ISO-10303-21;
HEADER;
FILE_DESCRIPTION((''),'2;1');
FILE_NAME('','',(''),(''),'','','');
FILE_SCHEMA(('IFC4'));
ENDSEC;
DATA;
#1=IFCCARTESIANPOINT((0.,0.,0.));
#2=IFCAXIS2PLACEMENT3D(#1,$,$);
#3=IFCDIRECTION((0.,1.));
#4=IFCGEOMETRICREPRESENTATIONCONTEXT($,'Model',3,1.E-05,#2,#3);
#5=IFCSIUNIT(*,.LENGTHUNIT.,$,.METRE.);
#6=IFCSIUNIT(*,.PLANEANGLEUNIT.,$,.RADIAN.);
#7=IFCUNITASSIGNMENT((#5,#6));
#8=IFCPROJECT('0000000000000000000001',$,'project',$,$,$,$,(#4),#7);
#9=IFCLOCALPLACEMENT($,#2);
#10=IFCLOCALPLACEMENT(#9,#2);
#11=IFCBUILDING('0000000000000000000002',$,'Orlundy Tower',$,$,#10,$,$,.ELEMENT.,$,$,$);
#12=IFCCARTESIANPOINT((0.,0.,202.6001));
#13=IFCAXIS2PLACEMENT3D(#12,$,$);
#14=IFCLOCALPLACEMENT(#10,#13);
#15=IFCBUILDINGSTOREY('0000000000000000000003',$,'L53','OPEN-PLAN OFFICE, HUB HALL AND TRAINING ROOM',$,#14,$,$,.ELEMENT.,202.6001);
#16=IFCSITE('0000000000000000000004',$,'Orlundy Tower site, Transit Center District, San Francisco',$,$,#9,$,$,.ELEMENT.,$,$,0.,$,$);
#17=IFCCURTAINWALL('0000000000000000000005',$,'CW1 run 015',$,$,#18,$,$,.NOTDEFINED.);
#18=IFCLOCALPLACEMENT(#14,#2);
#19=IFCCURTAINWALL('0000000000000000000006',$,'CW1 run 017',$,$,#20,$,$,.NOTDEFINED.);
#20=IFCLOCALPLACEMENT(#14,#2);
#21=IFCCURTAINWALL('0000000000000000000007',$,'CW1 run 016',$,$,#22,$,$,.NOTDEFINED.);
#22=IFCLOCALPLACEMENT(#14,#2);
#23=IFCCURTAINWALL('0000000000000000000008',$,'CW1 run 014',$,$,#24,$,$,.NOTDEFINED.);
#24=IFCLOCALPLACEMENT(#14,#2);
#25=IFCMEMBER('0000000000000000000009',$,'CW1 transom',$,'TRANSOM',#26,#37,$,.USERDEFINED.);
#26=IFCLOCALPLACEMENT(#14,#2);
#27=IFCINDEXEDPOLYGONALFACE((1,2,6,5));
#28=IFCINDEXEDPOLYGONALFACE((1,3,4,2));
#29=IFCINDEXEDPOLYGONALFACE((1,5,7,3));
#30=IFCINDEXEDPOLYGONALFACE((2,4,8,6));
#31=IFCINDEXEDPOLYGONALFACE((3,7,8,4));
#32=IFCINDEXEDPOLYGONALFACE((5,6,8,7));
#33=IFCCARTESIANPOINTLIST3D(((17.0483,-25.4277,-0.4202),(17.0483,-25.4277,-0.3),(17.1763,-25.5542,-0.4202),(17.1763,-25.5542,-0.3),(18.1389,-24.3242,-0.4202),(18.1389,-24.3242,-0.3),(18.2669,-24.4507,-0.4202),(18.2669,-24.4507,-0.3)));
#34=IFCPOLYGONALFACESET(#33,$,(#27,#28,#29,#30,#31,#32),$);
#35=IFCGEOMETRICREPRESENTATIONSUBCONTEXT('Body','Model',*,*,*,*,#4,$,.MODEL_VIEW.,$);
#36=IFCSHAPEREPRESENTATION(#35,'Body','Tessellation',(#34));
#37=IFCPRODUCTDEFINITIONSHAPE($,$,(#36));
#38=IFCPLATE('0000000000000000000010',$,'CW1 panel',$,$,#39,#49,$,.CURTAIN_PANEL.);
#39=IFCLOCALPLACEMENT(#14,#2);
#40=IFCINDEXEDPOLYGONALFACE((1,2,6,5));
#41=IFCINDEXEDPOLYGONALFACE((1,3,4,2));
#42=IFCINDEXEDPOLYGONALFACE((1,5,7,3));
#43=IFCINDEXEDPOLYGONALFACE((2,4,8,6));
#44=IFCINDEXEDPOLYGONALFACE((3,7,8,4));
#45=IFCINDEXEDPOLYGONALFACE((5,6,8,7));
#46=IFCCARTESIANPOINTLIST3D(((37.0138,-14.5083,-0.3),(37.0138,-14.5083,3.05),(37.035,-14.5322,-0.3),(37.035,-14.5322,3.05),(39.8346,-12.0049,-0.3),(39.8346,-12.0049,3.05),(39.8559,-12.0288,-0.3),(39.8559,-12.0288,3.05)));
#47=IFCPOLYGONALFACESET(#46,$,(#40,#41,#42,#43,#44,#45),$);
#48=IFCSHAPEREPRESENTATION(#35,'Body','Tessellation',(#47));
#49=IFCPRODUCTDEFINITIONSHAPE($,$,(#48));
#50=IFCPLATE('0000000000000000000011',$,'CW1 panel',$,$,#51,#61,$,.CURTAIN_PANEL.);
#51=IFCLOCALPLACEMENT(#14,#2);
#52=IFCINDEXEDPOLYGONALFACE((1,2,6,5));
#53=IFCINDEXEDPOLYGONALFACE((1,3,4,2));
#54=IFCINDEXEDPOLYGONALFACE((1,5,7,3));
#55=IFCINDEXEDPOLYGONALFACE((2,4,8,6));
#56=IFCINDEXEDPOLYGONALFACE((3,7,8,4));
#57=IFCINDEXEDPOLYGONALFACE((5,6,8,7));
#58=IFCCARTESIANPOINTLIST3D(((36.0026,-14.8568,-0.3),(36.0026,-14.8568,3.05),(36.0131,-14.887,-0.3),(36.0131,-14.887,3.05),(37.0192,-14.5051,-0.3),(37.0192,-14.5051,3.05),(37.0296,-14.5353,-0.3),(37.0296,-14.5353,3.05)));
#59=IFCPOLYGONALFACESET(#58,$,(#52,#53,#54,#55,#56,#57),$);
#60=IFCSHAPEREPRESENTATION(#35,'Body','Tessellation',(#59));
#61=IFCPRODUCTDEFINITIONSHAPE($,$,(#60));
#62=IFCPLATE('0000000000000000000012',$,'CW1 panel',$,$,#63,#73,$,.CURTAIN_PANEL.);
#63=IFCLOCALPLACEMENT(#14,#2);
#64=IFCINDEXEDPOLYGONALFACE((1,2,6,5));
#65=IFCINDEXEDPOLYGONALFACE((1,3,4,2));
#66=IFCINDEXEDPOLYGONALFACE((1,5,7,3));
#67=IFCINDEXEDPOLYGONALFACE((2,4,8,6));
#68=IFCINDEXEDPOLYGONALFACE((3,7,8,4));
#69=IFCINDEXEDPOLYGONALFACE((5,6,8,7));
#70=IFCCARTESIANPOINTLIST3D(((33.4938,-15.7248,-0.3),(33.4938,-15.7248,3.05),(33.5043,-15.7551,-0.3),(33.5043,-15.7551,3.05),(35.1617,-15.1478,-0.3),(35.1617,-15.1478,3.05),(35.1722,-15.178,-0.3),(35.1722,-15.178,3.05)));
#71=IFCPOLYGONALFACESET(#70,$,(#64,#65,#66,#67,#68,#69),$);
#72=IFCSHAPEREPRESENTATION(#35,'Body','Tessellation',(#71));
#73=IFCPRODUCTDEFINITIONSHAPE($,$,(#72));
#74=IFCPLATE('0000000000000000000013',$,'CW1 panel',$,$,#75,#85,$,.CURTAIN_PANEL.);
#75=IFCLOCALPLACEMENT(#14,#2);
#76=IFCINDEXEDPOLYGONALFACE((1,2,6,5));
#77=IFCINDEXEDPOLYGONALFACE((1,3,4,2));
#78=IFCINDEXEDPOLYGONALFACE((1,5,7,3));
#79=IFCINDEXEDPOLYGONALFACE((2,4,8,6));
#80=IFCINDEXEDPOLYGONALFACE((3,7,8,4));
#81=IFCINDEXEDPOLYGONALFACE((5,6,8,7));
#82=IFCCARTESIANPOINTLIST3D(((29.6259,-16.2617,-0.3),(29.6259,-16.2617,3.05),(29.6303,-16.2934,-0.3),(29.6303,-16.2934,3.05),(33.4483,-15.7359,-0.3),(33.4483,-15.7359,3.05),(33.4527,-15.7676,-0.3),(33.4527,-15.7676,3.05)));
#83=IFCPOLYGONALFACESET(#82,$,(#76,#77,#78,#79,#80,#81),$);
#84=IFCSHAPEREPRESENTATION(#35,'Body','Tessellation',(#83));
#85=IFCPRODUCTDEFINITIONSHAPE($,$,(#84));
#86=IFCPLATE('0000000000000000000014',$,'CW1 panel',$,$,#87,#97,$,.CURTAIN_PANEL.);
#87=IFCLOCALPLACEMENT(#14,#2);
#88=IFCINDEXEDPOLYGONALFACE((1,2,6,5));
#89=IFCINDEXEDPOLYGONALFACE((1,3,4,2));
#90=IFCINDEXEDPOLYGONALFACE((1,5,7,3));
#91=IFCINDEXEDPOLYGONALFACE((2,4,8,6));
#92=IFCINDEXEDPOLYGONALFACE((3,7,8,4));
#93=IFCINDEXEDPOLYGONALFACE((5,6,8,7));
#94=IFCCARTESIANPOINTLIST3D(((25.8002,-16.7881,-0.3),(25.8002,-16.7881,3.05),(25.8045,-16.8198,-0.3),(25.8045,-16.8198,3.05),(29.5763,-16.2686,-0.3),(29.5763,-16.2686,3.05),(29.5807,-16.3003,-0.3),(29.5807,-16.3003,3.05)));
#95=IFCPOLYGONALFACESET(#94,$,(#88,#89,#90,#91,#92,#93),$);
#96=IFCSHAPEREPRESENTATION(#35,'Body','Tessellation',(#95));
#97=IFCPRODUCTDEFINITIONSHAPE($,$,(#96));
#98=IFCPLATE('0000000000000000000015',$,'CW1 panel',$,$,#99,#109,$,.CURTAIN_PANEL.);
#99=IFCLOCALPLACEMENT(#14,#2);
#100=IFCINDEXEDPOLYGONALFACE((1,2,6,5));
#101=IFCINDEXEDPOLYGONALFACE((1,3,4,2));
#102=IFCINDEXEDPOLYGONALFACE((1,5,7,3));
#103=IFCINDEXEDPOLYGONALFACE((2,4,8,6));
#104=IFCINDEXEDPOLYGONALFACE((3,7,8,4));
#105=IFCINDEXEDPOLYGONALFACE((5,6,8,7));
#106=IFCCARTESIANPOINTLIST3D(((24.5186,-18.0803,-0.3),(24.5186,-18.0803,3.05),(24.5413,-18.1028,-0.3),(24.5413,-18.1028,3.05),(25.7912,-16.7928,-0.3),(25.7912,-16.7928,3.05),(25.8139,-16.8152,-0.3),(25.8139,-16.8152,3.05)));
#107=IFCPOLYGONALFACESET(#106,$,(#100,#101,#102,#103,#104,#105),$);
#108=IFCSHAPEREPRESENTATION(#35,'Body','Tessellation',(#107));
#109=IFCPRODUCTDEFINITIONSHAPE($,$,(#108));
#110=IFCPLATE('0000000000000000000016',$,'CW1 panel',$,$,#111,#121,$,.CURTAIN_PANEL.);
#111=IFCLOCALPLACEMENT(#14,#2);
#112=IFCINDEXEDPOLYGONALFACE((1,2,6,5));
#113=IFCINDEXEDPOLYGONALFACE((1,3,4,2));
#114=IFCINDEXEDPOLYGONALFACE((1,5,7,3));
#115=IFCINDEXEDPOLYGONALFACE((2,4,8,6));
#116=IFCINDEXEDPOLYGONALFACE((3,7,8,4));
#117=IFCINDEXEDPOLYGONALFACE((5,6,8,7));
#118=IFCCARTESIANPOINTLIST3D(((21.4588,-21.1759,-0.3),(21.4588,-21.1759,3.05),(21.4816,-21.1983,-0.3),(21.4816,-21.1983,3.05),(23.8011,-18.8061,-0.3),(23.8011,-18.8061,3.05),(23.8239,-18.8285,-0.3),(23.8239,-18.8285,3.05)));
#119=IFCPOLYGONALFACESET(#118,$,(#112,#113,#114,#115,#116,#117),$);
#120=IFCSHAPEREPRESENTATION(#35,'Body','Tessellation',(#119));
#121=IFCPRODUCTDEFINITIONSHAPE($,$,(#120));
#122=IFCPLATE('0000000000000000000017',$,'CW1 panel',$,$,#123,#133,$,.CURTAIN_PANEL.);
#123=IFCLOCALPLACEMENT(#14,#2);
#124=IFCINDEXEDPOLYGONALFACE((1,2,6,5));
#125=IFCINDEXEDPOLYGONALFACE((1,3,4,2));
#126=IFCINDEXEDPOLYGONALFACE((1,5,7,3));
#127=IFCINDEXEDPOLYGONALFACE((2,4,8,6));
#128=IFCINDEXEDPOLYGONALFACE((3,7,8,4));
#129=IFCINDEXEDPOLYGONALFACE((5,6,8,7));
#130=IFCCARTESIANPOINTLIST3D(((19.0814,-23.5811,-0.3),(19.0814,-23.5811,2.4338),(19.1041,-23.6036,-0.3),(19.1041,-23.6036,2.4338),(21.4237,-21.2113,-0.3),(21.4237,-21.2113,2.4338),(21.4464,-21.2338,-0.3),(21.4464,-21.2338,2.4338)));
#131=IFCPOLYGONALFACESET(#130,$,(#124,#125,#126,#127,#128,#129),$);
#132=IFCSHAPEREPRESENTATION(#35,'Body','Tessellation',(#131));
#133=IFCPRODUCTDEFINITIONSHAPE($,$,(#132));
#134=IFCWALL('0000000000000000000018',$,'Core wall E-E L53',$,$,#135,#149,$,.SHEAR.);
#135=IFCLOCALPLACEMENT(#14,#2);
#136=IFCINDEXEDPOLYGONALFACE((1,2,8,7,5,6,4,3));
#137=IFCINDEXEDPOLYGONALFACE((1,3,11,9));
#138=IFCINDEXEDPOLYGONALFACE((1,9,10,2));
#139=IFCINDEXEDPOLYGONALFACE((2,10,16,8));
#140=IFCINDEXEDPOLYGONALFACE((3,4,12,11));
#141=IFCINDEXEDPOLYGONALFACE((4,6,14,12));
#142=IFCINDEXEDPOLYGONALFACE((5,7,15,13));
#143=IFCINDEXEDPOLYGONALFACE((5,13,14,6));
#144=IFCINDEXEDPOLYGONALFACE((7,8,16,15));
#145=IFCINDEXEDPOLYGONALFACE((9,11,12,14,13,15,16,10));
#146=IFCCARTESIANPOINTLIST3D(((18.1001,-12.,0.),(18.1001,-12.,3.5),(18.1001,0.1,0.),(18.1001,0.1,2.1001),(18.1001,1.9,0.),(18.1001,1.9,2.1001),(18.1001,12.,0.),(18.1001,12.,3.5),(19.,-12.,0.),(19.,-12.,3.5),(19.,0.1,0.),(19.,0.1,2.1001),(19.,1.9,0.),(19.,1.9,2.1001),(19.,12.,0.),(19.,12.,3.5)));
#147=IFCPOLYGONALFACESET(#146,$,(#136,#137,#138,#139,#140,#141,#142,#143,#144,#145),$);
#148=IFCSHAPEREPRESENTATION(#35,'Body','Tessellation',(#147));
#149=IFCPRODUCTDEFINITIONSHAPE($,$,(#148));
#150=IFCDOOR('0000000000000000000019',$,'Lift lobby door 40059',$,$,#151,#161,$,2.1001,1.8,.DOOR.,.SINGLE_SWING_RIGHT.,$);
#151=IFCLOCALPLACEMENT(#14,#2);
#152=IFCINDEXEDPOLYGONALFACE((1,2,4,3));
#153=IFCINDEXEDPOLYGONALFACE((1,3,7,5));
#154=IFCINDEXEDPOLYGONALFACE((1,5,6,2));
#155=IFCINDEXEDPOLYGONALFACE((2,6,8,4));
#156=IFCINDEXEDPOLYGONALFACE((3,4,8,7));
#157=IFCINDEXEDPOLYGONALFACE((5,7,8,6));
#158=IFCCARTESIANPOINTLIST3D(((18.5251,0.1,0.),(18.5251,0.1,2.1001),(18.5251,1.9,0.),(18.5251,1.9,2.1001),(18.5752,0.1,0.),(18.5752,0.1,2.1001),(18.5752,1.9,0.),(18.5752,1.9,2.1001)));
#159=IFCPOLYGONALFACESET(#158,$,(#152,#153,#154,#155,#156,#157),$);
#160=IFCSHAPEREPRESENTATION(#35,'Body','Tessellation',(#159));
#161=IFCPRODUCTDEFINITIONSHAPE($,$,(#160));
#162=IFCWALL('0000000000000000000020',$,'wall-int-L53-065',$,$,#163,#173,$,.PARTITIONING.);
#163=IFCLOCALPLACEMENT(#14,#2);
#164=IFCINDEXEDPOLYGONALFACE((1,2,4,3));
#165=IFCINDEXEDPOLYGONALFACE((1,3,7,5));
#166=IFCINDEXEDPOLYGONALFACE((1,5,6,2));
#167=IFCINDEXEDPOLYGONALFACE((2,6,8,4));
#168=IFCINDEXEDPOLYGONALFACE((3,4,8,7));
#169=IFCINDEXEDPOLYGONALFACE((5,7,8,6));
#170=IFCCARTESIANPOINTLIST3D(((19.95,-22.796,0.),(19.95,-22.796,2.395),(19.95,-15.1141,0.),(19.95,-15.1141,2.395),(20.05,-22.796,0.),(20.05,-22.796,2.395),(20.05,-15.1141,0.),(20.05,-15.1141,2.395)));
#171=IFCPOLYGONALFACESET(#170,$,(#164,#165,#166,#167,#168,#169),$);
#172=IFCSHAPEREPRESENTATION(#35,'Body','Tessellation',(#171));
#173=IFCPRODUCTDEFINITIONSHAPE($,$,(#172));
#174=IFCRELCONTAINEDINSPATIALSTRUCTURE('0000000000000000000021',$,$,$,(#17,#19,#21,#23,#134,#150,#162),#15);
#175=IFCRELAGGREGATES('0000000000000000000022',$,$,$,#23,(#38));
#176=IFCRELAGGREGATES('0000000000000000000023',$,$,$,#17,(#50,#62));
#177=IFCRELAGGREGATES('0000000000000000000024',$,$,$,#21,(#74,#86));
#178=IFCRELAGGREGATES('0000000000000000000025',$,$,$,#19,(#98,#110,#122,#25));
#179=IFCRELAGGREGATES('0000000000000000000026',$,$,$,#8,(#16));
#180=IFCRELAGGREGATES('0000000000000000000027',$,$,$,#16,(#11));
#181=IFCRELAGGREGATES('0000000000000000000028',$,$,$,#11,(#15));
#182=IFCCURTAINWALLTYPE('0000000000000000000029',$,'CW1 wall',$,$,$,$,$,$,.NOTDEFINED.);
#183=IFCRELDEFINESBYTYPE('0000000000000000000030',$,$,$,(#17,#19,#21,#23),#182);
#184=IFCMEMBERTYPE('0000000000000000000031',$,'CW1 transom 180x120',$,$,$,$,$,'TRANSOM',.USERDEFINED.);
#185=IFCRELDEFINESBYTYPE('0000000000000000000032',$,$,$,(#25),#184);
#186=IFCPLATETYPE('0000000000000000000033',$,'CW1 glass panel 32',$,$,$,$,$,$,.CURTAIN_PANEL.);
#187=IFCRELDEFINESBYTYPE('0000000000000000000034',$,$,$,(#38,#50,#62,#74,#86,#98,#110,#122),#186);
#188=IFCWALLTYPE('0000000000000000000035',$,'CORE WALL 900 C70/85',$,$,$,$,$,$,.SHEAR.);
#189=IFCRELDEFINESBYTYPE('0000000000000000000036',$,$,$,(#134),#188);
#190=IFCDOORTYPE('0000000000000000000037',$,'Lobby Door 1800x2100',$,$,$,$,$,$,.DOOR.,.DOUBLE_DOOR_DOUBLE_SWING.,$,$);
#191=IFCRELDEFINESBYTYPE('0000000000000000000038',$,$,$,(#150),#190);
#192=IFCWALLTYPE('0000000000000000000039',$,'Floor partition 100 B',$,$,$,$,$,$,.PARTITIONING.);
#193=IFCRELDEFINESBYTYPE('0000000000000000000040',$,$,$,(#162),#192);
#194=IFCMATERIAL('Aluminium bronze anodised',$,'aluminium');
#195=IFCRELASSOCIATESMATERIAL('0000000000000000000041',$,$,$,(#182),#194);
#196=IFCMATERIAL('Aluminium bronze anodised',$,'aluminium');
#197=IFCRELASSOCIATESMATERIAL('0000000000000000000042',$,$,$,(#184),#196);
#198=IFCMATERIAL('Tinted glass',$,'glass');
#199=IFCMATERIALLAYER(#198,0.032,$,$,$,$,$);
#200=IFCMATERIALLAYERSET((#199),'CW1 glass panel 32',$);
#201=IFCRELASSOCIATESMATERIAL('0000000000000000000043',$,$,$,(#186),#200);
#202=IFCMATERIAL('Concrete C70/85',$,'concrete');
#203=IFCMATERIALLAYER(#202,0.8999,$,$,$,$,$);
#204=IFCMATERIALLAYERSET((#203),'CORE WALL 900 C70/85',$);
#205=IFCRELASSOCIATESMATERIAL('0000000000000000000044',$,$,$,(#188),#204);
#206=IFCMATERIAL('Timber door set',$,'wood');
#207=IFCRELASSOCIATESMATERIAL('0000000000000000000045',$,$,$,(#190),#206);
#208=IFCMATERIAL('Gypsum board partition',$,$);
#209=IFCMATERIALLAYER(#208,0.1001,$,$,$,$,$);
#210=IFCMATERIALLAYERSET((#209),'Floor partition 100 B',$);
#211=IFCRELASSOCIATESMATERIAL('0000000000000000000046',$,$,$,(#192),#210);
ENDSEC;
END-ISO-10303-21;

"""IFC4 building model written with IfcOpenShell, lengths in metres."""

from ifc_helpers import new_model, si_unit, direction, frame, frame_2d, origin, origin_2d, place, context, subcontext, project, spatial, rectangle, extrude, material, layer, layer_set, material_profile, profile_set, type_object, element, fill, aggregate, save


model = new_model("IFC4")

# Units and contexts
model_context = context("Model", 3, precision=1e-05, world=origin(), true_north=direction((0.0, 1.0)))
body_context = subcontext(model_context, "Body", "Model", "MODEL_VIEW")
ifc_project = project(units=[si_unit("LENGTHUNIT", "METRE"), si_unit("PLANEANGLEUNIT", "RADIAN")], contexts=[model_context])

# Site, building, storey
site_placement = place(None, origin())
site = spatial("IfcSite", under=ifc_project, at=site_placement, Name="Orlundy Tower site, Transit Center District, San Francisco", CompositionType="ELEMENT", RefElevation=0.0)
building_placement = place(site_placement, origin())
building = spatial("IfcBuilding", under=site, at=building_placement, Name="Orlundy Tower", CompositionType="ELEMENT")
storey_placement = place(building_placement, frame((0.0, 0.0, 202.6001)))
storey = spatial("IfcBuildingStorey", under=building, at=storey_placement, Name="L53", Description="OPEN-PLAN OFFICE, HUB HALL AND TRAINING ROOM", CompositionType="ELEMENT", Elevation=202.6001)

# Curtain walls
ifc_material_1 = material(Name="Aluminium bronze anodised", Category="aluminium")
curtain_wall_type = type_object("IfcCurtainWallType", Name="CW1 wall", PredefinedType="NOTDEFINED", material=ifc_material_1)
curtain_wall_1_placement = place(storey_placement, origin())
curtain_wall_1 = element("IfcCurtainWall", 1, at=curtain_wall_1_placement, inside=storey, type_object=curtain_wall_type, Name="CW1 run 015", PredefinedType="NOTDEFINED")
curtain_wall_2_placement = place(storey_placement, origin())
curtain_wall_2 = element("IfcCurtainWall", 2, at=curtain_wall_2_placement, inside=storey, type_object=curtain_wall_type, Name="CW1 run 017", PredefinedType="NOTDEFINED")

# Curtain wall
curtain_wall_3_placement = place(storey_placement, origin())
curtain_wall_3 = element("IfcCurtainWall", 3, at=curtain_wall_3_placement, inside=storey, type_object=curtain_wall_type, Name="CW1 run 016", PredefinedType="NOTDEFINED")

# Curtain wall
curtain_wall_4_placement = place(storey_placement, origin())
curtain_wall_4 = element("IfcCurtainWall", 4, at=curtain_wall_4_placement, inside=storey, type_object=curtain_wall_type, Name="CW1 run 014", PredefinedType="NOTDEFINED")
ifc_material_2 = material(Name="Aluminium bronze anodised", Category="aluminium")
ifc_material_profile_1 = material_profile(ifc_material_2, rectangle(XDim=0.1799, YDim=0.1201, at=origin_2d()), Name="CW1 transom 180x120")
ifc_profile_set_1 = profile_set([ifc_material_profile_1], Name="Aluminium bronze anodised")
member_type_1 = type_object("IfcMemberType", Name="CW1 transom 180x120", ElementType="TRANSOM", PredefinedType="USERDEFINED", material=ifc_profile_set_1)

# Member
member_1_placement = place(storey_placement, frame((18.2029, -24.3875, -0.3601), z_axis=(-0.702924, -0.711265, 0.0), x_axis=(0.711265, -0.702924, 0.0)))
member_1 = element("IfcMember", 5, at=member_1_placement, type_object=member_type_1, Name="CW1 transom", ObjectType="TRANSOM", PredefinedType="USERDEFINED", context=body_context, shape_type="SweptSolid", body=[
    extrude(rectangle(XDim=0.1799, YDim=0.1201, at=origin_2d()), origin(), (0.0, 0.0, 1.0), 1.5515),
])

# Plates
ifc_material_3 = material(Name="Tinted glass", Category="glass")
ifc_layer_1 = layer(ifc_material_3, 0.032)
ifc_layer_set_1 = layer_set([ifc_layer_1], Name="CW1 glass panel 32")
plate_type = type_object("IfcPlateType", Name="CW1 glass panel 32", PredefinedType="CURTAIN_PANEL", material=ifc_layer_set_1)
plate_1_placement = place(storey_placement, frame((38.4348, -13.2686, -0.3), z_axis=(0.0, 0.0, 1.0), x_axis=(-0.747945, -0.663761, 0.0)))
plate_1 = element("IfcPlate", 6, at=plate_1_placement, type_object=plate_type, Name="CW1 panel", PredefinedType="CURTAIN_PANEL", context=body_context, shape_type="SweptSolid", body=[
    extrude(rectangle(XDim=3.7715, YDim=0.032, at=origin_2d()), origin(), (0.0, 0.0, 1.0), 3.3501),
])
aggregate(curtain_wall_4, [plate_1])
plate_2_placement = place(storey_placement, frame((36.5161, -14.696, -0.3), z_axis=(0.0, 0.0, 1.0), x_axis=(-0.945034, -0.326972, 0.0)))
plate_2 = element("IfcPlate", 7, at=plate_2_placement, type_object=plate_type, Name="CW1 panel", PredefinedType="CURTAIN_PANEL", context=body_context, shape_type="SweptSolid", body=[
    extrude(rectangle(XDim=1.0757, YDim=0.032, at=origin_2d()), origin(), (0.0, 0.0, 1.0), 3.3501),
])
plate_3_placement = place(storey_placement, frame((34.333, -15.4514, -0.3), z_axis=(0.0, 0.0, 1.0), x_axis=(-0.945034, -0.326972, 0.0)))
plate_3 = element("IfcPlate", 8, at=plate_3_placement, type_object=plate_type, Name="CW1 panel", PredefinedType="CURTAIN_PANEL", context=body_context, shape_type="SweptSolid", body=[
    extrude(rectangle(XDim=1.7649, YDim=0.032, at=origin_2d()), origin(), (0.0, 0.0, 1.0), 3.3501),
])
aggregate(curtain_wall_1, [plate_2, plate_3])
plate_4_placement = place(storey_placement, frame((31.5393, -16.0146, -0.3), z_axis=(0.0, 0.0, 1.0), x_axis=(-0.990668, -0.136294, 0.0)))
plate_4 = element("IfcPlate", 9, at=plate_4_placement, type_object=plate_type, Name="CW1 panel", PredefinedType="CURTAIN_PANEL", context=body_context, shape_type="SweptSolid", body=[
    extrude(rectangle(XDim=3.8584, YDim=0.032, at=origin_2d()), origin(), (0.0, 0.0, 1.0), 3.3501),
])
plate_5_placement = place(storey_placement, frame((27.6904, -16.5442, -0.3), z_axis=(0.0, 0.0, 1.0), x_axis=(-0.990668, -0.136294, 0.0)))
plate_5 = element("IfcPlate", 10, at=plate_5_placement, type_object=plate_type, Name="CW1 panel", PredefinedType="CURTAIN_PANEL", context=body_context, shape_type="SweptSolid", body=[
    extrude(rectangle(XDim=3.8118, YDim=0.032, at=origin_2d()), origin(), (0.0, 0.0, 1.0), 3.3501),
])
aggregate(curtain_wall_3, [plate_4, plate_5])
plate_6_placement = place(storey_placement, frame((25.1663, -17.4478, -0.3), z_axis=(0.0, 0.0, 1.0), x_axis=(-0.70297, -0.711219, 0.0)))
plate_6 = element("IfcPlate", 11, at=plate_6_placement, type_object=plate_type, Name="CW1 panel", PredefinedType="CURTAIN_PANEL", context=body_context, shape_type="SweptSolid", body=[
    extrude(rectangle(XDim=1.8103, YDim=0.032, at=origin_2d()), origin(), (0.0, 0.0, 1.0), 3.3501),
])
plate_7_placement = place(storey_placement, frame((22.6414, -20.0022, -0.3), z_axis=(0.0, 0.0, 1.0), x_axis=(-0.70297, -0.711219, 0.0)))
plate_7 = element("IfcPlate", 12, at=plate_7_placement, type_object=plate_type, Name="CW1 panel", PredefinedType="CURTAIN_PANEL", context=body_context, shape_type="SweptSolid", body=[
    extrude(rectangle(XDim=3.332, YDim=0.032, at=origin_2d()), origin(), (0.0, 0.0, 1.0), 3.3501),
])
plate_8_placement = place(storey_placement, frame((20.2639, -22.4075, -0.3), z_axis=(0.0, 0.0, 1.0), x_axis=(-0.70297, -0.711219, 0.0)))
plate_8 = element("IfcPlate", 13, at=plate_8_placement, type_object=plate_type, Name="CW1 panel", PredefinedType="CURTAIN_PANEL", context=body_context, shape_type="SweptSolid", body=[
    extrude(rectangle(XDim=3.332, YDim=0.032, at=origin_2d()), origin(), (0.0, 0.0, 1.0), 2.7339),
])
aggregate(curtain_wall_2, [plate_6, plate_7, plate_8, member_1])

# Wall, opening, door
ifc_material_4 = material(Name="Concrete C70/85", Category="concrete")
ifc_layer_2 = layer(ifc_material_4, 0.8999)
ifc_layer_set_2 = layer_set([ifc_layer_2], Name="CORE WALL 900 C70/85")
wall_type_1 = type_object("IfcWallType", Name="CORE WALL 900 C70/85", PredefinedType="SHEAR", material=ifc_layer_set_2)
wall_1_placement = place(storey_placement, frame((18.55, -12.0, 0.0), z_axis=(0.0, 0.0, 1.0), x_axis=(0.0, 1.0, 0.0)))
wall_1 = element("IfcWall", 14, at=wall_1_placement, inside=storey, type_object=wall_type_1, Name="Core wall E-E L53", PredefinedType="SHEAR", context=body_context, shape_type="SweptSolid", body=[
    extrude(rectangle(XDim=24.0, YDim=0.8999, at=frame_2d((12.0, 0.0))), origin(), (0.0, 0.0, 1.0), 3.5),
])
opening_placement = place(wall_1_placement, frame((12.1001, 0.0, 0.0)))
opening = element("IfcOpeningElement", 15, at=opening_placement, cuts=wall_1, PredefinedType="OPENING", context=body_context, shape_type="SweptSolid", body=[
    extrude(rectangle(XDim=1.8, YDim=2.1001, at=frame_2d((0.8999, 1.05))), frame((0.0, 0.46, 0.0), z_axis=(0.0, -1.0, 0.0), x_axis=(1.0, 0.0, 0.0)), (0.0, 0.0, 1.0), 0.9199),
])
ifc_material_5 = material(Name="Timber door set", Category="wood")
door_type = type_object("IfcDoorType", Name="Lobby Door 1800x2100", OperationType="DOUBLE_DOOR_DOUBLE_SWING", PredefinedType="DOOR", material=ifc_material_5)
door_placement = place(opening_placement, origin())
door = element("IfcDoor", 16, at=door_placement, inside=storey, type_object=door_type, Name="Lift lobby door 40059", OperationType="SINGLE_SWING_RIGHT", OverallHeight=2.1001, OverallWidth=1.8, PredefinedType="DOOR", context=body_context, shape_type="SweptSolid", body=[
    extrude(rectangle(XDim=1.8, YDim=2.1001, at=frame_2d((0.8999, 1.05))), frame((0.0, 0.0249, 0.0), z_axis=(0.0, -1.0, 0.0), x_axis=(1.0, 0.0, 0.0)), (0.0, 0.0, 1.0), 0.05),
])
fill(opening, door)

# Wall
ifc_material_6 = material(Name="Gypsum board partition")
ifc_layer_3 = layer(ifc_material_6, 0.1001)
ifc_layer_set_3 = layer_set([ifc_layer_3], Name="Floor partition 100 B")
wall_type_2 = type_object("IfcWallType", Name="Floor partition 100 B", PredefinedType="PARTITIONING", material=ifc_layer_set_3)
wall_2_placement = place(storey_placement, frame((20.0, -22.7959, 0.0), z_axis=(0.0, 0.0, 1.0), x_axis=(0.0, 1.0, 0.0)))
element("IfcWall", 17, at=wall_2_placement, inside=storey, type_object=wall_type_2, Name="wall-int-L53-065", PredefinedType="PARTITIONING", context=body_context, shape_type="SweptSolid", body=[
    extrude(rectangle(XDim=7.6819, YDim=0.1001, at=frame_2d((3.8408, 0.0))), origin(), (0.0, 0.0, 1.0), 2.395),
])

save(model, "model.ifc")
